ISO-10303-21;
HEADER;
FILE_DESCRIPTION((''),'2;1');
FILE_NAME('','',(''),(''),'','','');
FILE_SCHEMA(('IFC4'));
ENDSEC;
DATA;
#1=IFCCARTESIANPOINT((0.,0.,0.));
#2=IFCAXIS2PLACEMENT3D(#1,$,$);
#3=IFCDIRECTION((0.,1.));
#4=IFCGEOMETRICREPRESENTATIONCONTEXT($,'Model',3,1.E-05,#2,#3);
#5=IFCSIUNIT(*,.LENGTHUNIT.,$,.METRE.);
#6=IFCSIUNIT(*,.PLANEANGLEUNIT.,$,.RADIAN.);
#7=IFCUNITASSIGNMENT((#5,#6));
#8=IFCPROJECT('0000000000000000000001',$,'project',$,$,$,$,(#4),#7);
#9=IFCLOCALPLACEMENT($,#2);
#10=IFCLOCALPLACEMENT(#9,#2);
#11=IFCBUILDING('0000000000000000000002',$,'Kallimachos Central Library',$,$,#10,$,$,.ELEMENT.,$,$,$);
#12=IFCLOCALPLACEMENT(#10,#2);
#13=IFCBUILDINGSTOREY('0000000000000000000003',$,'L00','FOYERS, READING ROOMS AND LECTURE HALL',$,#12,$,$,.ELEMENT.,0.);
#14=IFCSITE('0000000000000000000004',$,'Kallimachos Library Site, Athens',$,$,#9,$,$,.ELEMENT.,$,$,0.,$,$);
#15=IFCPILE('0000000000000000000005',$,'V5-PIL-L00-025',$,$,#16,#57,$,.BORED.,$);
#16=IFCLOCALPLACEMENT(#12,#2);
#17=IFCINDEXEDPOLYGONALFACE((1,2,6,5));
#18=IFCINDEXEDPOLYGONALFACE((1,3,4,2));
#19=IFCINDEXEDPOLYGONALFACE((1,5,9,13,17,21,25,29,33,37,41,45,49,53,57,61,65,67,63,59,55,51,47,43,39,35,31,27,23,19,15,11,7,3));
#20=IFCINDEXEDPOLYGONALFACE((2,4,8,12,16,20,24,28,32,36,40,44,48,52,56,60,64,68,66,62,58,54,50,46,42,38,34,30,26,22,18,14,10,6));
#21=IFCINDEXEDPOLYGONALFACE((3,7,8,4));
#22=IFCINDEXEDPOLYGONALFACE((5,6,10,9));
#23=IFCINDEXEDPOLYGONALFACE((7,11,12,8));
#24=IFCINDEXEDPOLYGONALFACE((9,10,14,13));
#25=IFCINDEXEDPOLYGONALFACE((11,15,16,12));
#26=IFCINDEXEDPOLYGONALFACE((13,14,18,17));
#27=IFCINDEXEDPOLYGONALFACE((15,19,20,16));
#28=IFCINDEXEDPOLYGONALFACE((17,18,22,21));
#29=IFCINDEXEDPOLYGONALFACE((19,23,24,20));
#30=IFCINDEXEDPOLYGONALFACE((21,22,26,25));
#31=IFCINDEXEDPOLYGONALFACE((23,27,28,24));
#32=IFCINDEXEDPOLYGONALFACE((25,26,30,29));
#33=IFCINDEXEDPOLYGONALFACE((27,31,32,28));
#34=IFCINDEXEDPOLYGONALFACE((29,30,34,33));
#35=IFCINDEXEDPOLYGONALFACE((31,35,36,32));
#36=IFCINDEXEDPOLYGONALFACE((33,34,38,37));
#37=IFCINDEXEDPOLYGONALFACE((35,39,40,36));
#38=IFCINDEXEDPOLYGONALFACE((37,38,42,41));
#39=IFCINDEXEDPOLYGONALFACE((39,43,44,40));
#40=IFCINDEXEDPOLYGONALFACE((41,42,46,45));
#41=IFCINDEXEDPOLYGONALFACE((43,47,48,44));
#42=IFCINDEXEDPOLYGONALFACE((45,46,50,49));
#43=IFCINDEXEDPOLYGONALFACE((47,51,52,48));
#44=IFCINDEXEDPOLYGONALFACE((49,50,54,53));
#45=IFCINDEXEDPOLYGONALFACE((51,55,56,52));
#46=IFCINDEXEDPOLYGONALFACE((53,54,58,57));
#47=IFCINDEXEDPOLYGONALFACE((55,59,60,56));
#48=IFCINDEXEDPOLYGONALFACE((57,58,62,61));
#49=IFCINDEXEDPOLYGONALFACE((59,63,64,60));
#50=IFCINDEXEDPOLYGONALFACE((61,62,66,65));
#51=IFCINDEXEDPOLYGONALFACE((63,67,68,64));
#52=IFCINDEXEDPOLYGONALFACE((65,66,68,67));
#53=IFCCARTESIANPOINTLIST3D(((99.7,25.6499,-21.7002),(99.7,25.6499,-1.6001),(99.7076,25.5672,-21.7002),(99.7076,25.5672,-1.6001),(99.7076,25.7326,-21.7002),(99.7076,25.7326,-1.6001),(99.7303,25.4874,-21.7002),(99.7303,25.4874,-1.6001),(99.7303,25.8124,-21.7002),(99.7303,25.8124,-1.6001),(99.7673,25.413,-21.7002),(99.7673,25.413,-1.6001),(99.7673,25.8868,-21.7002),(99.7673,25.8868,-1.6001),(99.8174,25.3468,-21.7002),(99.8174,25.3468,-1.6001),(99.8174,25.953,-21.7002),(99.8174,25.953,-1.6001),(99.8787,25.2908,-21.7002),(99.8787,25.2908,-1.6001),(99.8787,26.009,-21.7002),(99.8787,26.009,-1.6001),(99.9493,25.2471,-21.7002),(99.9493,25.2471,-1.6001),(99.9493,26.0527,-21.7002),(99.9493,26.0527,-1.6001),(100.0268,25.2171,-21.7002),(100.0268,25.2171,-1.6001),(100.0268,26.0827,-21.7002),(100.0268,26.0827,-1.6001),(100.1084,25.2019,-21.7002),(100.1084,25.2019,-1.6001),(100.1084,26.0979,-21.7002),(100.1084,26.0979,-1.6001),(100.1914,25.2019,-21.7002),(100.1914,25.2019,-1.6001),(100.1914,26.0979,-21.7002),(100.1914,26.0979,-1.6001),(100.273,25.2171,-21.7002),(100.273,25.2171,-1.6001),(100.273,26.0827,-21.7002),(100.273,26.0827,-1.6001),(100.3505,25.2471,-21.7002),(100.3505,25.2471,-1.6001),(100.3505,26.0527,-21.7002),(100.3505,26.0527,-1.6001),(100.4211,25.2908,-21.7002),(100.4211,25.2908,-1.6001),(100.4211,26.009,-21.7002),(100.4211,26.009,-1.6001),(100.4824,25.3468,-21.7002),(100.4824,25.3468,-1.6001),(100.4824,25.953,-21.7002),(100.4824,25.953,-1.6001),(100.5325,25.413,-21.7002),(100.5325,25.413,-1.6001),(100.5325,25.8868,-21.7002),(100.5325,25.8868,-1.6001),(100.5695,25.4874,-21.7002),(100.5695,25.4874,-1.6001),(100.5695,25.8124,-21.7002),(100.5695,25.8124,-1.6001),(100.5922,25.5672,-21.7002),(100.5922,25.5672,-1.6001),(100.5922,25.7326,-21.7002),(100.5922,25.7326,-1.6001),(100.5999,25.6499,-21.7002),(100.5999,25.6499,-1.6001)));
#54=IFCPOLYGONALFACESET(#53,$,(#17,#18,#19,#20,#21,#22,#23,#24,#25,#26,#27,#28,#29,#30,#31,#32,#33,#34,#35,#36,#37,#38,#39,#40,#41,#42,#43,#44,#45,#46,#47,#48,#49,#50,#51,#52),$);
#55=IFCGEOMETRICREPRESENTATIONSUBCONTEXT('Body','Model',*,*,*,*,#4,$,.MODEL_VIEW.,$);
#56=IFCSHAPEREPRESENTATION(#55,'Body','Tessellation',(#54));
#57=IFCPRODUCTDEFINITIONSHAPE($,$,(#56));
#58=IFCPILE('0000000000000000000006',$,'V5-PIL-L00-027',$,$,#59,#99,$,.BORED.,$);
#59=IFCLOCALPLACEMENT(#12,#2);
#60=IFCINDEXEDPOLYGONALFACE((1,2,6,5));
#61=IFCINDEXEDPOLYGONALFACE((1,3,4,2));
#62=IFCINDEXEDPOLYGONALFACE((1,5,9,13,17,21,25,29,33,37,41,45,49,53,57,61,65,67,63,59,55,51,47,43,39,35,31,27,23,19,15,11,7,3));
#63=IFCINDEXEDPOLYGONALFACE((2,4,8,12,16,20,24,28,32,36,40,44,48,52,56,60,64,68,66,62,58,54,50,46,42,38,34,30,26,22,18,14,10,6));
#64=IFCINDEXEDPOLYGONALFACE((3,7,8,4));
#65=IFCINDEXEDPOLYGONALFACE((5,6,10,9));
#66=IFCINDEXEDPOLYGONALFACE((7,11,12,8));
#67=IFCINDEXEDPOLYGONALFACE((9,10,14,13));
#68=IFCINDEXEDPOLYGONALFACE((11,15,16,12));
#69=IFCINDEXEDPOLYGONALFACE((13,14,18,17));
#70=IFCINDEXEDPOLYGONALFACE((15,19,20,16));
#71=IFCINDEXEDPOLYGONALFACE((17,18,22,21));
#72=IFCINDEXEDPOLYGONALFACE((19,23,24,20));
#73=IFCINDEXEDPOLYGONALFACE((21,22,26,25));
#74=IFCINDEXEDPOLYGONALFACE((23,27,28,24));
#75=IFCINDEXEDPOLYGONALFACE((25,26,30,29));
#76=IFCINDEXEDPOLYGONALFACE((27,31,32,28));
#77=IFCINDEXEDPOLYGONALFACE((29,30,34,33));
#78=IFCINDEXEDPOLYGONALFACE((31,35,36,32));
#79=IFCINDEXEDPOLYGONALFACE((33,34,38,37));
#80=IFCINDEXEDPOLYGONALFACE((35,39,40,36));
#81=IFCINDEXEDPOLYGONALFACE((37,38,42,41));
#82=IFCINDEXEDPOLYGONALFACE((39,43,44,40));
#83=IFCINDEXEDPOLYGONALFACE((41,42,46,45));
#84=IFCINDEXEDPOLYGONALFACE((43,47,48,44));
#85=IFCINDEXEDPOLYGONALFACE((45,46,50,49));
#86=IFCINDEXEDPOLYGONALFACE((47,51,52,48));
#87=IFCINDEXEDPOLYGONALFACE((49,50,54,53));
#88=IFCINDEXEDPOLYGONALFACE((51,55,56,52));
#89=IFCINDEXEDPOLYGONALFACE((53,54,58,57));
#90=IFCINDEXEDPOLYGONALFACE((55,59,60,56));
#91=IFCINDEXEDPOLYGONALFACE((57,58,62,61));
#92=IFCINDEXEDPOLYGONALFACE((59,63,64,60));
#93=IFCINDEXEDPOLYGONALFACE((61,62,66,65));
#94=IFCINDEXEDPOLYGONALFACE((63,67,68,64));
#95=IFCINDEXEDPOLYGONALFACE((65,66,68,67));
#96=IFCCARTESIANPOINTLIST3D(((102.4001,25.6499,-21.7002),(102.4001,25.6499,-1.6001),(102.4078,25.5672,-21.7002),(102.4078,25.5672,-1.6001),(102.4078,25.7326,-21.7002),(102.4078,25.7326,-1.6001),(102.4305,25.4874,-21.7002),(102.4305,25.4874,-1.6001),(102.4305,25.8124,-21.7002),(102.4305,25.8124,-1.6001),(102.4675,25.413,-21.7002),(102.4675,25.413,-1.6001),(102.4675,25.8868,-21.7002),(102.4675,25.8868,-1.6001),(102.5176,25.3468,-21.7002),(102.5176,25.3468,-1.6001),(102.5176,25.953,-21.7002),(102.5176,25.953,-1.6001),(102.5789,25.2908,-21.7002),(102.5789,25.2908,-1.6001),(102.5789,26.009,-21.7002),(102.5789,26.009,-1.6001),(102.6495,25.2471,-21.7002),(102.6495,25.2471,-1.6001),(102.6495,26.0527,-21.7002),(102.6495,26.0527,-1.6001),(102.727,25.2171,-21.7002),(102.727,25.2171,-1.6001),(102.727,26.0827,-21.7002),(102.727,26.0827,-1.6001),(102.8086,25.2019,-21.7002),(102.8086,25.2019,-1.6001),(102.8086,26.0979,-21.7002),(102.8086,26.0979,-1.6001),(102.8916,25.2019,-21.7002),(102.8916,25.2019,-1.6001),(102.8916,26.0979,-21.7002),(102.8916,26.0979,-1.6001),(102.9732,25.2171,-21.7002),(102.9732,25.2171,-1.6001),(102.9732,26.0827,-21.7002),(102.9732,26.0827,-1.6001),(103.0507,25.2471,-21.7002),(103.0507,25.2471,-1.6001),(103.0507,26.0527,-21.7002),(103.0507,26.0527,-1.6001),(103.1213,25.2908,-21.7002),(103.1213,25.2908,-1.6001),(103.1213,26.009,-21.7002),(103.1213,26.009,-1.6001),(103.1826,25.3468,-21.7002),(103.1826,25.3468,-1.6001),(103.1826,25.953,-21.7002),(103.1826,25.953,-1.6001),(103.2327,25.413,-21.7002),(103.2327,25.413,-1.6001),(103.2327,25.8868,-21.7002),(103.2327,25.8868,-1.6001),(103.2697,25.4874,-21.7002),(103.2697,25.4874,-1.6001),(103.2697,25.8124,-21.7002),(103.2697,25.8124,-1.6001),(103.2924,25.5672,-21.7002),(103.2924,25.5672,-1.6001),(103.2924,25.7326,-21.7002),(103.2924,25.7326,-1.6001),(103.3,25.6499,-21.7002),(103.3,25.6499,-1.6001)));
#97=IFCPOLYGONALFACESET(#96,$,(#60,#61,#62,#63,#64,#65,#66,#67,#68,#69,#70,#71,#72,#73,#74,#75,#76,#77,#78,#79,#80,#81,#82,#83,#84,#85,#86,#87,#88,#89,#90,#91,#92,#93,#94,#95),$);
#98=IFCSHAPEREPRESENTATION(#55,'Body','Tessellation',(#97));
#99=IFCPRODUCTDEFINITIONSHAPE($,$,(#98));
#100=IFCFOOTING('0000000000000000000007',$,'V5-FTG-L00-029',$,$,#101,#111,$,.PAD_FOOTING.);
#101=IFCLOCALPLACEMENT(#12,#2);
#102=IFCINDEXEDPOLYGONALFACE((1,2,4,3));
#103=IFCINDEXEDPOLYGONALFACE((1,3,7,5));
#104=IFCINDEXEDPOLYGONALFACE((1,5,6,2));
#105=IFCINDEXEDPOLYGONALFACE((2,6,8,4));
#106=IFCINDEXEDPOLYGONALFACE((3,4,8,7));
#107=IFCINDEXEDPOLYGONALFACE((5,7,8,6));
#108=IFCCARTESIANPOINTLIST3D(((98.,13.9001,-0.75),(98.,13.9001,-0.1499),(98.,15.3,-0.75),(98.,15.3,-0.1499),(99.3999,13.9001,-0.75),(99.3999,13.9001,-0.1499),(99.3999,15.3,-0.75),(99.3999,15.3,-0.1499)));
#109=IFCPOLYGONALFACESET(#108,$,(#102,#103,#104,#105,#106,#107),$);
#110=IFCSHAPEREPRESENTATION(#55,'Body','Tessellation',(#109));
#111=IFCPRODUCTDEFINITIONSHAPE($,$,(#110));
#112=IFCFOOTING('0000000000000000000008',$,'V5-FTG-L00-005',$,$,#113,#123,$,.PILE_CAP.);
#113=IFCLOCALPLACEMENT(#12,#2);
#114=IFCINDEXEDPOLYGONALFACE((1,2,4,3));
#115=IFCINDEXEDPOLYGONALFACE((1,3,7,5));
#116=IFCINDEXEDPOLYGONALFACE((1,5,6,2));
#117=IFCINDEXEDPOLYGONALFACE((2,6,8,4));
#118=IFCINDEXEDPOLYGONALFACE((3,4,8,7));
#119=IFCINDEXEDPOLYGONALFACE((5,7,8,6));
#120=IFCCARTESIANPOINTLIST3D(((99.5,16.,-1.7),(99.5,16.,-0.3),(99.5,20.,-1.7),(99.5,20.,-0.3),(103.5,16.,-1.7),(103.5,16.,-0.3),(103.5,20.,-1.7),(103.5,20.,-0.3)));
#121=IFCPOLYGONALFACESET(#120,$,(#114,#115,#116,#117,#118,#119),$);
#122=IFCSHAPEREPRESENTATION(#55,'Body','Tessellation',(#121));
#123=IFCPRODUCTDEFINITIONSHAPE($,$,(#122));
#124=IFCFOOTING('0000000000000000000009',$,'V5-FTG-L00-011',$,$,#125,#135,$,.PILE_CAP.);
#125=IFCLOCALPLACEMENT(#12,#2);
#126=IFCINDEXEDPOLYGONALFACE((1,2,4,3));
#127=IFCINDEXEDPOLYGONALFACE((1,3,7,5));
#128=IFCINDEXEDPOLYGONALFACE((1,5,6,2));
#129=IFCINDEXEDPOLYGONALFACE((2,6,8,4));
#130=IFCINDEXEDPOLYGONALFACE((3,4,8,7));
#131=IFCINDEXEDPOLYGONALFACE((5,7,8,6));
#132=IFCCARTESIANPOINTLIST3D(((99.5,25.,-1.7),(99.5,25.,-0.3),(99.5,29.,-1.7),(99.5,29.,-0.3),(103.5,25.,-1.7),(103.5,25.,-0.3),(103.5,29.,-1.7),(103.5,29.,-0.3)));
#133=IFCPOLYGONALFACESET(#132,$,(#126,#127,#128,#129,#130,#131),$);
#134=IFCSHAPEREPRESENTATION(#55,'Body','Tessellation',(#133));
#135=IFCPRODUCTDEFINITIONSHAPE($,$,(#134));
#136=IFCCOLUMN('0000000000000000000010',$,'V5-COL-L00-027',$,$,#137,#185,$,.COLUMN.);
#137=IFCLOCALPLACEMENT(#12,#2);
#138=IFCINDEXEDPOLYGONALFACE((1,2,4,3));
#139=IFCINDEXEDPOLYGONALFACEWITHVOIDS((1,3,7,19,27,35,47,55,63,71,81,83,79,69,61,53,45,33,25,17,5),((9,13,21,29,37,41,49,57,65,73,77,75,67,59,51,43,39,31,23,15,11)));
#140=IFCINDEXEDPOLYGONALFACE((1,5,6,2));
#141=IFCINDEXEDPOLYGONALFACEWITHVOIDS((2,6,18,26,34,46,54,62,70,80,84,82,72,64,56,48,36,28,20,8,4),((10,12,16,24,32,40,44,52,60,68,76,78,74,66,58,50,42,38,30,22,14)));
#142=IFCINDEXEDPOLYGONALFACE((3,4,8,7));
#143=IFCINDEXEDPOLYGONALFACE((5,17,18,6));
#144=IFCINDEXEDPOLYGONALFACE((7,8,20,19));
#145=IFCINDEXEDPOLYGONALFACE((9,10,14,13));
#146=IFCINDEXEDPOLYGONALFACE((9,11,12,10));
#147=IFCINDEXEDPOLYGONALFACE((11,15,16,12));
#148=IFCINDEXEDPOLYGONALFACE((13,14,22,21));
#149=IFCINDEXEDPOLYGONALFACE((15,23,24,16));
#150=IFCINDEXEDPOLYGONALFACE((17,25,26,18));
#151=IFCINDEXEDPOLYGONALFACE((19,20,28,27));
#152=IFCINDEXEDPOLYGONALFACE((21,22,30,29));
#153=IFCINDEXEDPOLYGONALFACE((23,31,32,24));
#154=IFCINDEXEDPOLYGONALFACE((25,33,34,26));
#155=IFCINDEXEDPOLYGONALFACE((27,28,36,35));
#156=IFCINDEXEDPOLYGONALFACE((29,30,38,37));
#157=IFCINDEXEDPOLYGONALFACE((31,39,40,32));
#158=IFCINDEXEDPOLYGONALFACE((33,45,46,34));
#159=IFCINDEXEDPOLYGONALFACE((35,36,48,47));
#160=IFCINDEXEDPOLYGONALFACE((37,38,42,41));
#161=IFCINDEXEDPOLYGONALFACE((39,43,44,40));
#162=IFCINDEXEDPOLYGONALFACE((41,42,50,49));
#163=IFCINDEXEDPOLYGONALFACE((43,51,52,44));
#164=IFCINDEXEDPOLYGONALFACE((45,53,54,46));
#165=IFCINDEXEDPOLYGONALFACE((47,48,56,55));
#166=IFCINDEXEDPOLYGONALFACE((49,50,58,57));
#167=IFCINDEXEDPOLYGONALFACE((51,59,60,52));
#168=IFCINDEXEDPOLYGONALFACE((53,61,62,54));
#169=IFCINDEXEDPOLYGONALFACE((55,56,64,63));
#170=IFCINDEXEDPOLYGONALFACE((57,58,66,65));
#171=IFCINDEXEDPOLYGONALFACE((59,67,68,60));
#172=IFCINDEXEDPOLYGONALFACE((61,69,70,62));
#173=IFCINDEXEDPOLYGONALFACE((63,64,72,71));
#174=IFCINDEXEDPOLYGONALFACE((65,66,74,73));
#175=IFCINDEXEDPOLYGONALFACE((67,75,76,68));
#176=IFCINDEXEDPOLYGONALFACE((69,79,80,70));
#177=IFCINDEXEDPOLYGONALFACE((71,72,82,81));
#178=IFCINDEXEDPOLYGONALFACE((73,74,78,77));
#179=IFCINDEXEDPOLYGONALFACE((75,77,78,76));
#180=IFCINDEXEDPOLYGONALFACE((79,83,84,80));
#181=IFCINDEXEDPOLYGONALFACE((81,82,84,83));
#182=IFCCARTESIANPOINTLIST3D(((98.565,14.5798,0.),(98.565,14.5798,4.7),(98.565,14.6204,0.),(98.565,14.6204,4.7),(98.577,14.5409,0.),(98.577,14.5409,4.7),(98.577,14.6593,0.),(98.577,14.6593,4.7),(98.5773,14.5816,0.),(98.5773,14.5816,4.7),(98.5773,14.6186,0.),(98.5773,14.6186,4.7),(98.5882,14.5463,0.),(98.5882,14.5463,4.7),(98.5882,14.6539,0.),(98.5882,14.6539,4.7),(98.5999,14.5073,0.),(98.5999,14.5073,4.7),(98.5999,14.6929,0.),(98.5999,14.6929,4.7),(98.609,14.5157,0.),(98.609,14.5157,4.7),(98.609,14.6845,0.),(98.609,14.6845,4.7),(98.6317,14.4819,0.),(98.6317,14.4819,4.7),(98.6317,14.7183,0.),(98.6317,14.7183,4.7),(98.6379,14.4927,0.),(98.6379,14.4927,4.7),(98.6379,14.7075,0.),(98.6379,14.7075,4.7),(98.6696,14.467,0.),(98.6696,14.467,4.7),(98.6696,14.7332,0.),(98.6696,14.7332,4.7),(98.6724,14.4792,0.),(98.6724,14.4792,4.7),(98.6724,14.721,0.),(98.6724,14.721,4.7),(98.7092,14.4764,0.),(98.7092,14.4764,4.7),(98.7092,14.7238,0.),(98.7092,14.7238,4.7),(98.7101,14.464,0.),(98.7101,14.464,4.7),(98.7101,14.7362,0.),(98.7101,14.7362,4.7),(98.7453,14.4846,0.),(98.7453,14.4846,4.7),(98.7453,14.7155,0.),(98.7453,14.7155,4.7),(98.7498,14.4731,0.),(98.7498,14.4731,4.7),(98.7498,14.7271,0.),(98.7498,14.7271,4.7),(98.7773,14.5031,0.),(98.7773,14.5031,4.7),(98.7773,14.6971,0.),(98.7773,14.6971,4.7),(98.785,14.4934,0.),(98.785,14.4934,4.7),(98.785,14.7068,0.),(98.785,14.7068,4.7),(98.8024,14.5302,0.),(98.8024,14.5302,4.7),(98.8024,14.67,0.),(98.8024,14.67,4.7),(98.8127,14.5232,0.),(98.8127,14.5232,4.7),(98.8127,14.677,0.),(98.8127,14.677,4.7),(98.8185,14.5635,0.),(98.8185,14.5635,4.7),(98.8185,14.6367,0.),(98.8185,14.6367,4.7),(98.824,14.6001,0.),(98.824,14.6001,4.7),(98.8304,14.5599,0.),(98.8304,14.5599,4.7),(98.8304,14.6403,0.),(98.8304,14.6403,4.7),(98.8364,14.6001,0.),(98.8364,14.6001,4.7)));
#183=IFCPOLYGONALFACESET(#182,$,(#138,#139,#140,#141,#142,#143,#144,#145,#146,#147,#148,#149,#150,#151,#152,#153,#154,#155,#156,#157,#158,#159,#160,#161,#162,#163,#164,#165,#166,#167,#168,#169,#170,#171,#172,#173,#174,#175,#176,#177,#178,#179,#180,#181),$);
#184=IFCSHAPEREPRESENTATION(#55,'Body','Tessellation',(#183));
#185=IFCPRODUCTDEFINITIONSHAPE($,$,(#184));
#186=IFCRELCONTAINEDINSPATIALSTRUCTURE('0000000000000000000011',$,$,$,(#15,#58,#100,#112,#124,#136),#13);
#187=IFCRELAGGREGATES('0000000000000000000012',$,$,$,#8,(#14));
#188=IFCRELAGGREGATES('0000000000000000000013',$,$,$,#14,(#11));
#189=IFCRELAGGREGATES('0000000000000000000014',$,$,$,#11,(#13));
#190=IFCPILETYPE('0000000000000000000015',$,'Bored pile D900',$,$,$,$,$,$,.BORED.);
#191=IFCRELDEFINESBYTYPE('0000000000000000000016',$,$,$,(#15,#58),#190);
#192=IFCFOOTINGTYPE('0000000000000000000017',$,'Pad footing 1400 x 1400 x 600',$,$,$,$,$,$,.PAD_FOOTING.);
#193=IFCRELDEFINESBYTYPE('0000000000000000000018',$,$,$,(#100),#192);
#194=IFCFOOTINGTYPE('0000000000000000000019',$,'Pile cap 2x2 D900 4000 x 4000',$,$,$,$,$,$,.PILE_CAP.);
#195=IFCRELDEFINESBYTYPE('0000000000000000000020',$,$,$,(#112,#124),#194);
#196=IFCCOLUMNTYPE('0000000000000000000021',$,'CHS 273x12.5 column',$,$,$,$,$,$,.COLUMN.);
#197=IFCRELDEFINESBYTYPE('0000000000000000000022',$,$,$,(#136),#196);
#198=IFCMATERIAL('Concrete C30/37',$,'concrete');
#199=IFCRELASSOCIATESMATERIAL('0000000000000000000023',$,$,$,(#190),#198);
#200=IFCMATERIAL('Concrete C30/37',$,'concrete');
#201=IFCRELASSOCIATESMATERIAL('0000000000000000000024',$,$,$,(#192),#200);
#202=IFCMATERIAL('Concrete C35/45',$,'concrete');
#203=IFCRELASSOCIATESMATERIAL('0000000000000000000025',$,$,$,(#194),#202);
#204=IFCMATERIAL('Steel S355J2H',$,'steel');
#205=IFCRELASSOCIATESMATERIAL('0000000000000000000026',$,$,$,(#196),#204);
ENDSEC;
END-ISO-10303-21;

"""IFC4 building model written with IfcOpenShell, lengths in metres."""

from ifc_helpers import new_model, si_unit, direction, frame, origin, origin_2d, place, context, subcontext, project, spatial, rectangle, circle, hollow_circle, extrude, material, material_profile, profile_set, type_object, element, save


model = new_model("IFC4")

# Units and contexts
model_context = context("Model", 3, precision=1e-05, world=origin(), true_north=direction((0.0, 1.0)))
body_context = subcontext(model_context, "Body", "Model", "MODEL_VIEW")
ifc_project = project(units=[si_unit("LENGTHUNIT", "METRE"), si_unit("PLANEANGLEUNIT", "RADIAN")], contexts=[model_context])

# Site, building, storey
site_placement = place(None, origin())
site = spatial("IfcSite", under=ifc_project, at=site_placement, Name="Kallimachos Library Site, Athens", CompositionType="ELEMENT", RefElevation=0.0)
building_placement = place(site_placement, origin())
building = spatial("IfcBuilding", under=site, at=building_placement, Name="Kallimachos Central Library", CompositionType="ELEMENT")
storey_placement = place(building_placement, origin())
storey = spatial("IfcBuildingStorey", under=building, at=storey_placement, Name="L00", Description="FOYERS, READING ROOMS AND LECTURE HALL", CompositionType="ELEMENT", Elevation=0.0)

# Piles
ifc_material_1 = material(Name="Concrete C30/37", Category="concrete")
pile_type = type_object("IfcPileType", Name="Bored pile D900", PredefinedType="BORED", material=ifc_material_1)
for number, where, z_axis, x_axis, name in (
    (1, (100.1499, 25.6499, -1.6001), (0.0, 0.0, -1.0), (1.0, 0.0, 0.0), "V5-PIL-L00-025"),
    (2, (102.8501, 25.6499, -1.6001), (0.0, 0.0, -1.0), (1.0, 0.0, 0.0), "V5-PIL-L00-027"),
):
    element("IfcPile", number, at=place(storey_placement, frame(where, z_axis=z_axis, x_axis=x_axis)), inside=storey, type_object=pile_type, Name=name, PredefinedType="BORED", context=body_context, shape_type="SweptSolid", body=[
        extrude(circle(Radius=0.45, at=origin_2d()), origin(), (0.0, 0.0, 1.0), 20.1001),
    ])

# Footings
ifc_material_2 = material(Name="Concrete C30/37", Category="concrete")
footing_type_1 = type_object("IfcFootingType", Name="Pad footing 1400 x 1400 x 600", PredefinedType="PAD_FOOTING", material=ifc_material_2)
footing_placement = place(storey_placement, frame((98.7, 14.6001, -0.75), z_axis=(0.0, 0.0, 1.0), x_axis=(1.0, 0.0, 0.0)))
element("IfcFooting", 3, at=footing_placement, inside=storey, type_object=footing_type_1, Name="V5-FTG-L00-029", PredefinedType="PAD_FOOTING", context=body_context, shape_type="SweptSolid", body=[
    extrude(rectangle(XDim=1.3999, YDim=1.3999, at=origin_2d()), origin(), (0.0, 0.0, 1.0), 0.6001),
])
ifc_material_3 = material(Name="Concrete C35/45", Category="concrete")
footing_type_2 = type_object("IfcFootingType", Name="Pile cap 2x2 D900 4000 x 4000", PredefinedType="PILE_CAP", material=ifc_material_3)
for number, where, z_axis, x_axis, name in (
    (4, (101.5, 18.0, -1.7), (0.0, 0.0, 1.0), (1.0, 0.0, 0.0), "V5-FTG-L00-005"),
    (5, (101.5, 27.0, -1.7), (0.0, 0.0, 1.0), (1.0, 0.0, 0.0), "V5-FTG-L00-011"),
):
    element("IfcFooting", number, at=place(storey_placement, frame(where, z_axis=z_axis, x_axis=x_axis)), inside=storey, type_object=footing_type_2, Name=name, PredefinedType="PILE_CAP", context=body_context, shape_type="SweptSolid", body=[
        extrude(rectangle(XDim=4.0, YDim=4.0, at=origin_2d()), origin(), (0.0, 0.0, 1.0), 1.3999),
    ])

# Column
ifc_material_4 = material(Name="Steel S355J2H", Category="steel")
ifc_material_profile_1 = material_profile(ifc_material_4, hollow_circle(Radius=0.1365, WallThickness=0.0125, at=origin_2d()), Name="CHS 273x12.5")
ifc_profile_set_1 = profile_set([ifc_material_profile_1], Name="Steel S355J2H")
column_type_1 = type_object("IfcColumnType", Name="CHS 273x12.5 column", PredefinedType="COLUMN", material=ifc_profile_set_1)
column_1_placement = place(storey_placement, frame((98.7, 14.6001, 0.0), z_axis=(0.0, 0.0, 1.0), x_axis=(1.0, 0.0, 0.0)))
element("IfcColumn", 6, at=column_1_placement, inside=storey, type_object=column_type_1, Name="V5-COL-L00-027", PredefinedType="COLUMN", context=body_context, shape_type="SweptSolid", body=[
    extrude(hollow_circle(Radius=0.1365, WallThickness=0.0125, at=origin_2d()), origin(), (0.0, 0.0, 1.0), 4.7),
])

save(model, "model.ifc")
